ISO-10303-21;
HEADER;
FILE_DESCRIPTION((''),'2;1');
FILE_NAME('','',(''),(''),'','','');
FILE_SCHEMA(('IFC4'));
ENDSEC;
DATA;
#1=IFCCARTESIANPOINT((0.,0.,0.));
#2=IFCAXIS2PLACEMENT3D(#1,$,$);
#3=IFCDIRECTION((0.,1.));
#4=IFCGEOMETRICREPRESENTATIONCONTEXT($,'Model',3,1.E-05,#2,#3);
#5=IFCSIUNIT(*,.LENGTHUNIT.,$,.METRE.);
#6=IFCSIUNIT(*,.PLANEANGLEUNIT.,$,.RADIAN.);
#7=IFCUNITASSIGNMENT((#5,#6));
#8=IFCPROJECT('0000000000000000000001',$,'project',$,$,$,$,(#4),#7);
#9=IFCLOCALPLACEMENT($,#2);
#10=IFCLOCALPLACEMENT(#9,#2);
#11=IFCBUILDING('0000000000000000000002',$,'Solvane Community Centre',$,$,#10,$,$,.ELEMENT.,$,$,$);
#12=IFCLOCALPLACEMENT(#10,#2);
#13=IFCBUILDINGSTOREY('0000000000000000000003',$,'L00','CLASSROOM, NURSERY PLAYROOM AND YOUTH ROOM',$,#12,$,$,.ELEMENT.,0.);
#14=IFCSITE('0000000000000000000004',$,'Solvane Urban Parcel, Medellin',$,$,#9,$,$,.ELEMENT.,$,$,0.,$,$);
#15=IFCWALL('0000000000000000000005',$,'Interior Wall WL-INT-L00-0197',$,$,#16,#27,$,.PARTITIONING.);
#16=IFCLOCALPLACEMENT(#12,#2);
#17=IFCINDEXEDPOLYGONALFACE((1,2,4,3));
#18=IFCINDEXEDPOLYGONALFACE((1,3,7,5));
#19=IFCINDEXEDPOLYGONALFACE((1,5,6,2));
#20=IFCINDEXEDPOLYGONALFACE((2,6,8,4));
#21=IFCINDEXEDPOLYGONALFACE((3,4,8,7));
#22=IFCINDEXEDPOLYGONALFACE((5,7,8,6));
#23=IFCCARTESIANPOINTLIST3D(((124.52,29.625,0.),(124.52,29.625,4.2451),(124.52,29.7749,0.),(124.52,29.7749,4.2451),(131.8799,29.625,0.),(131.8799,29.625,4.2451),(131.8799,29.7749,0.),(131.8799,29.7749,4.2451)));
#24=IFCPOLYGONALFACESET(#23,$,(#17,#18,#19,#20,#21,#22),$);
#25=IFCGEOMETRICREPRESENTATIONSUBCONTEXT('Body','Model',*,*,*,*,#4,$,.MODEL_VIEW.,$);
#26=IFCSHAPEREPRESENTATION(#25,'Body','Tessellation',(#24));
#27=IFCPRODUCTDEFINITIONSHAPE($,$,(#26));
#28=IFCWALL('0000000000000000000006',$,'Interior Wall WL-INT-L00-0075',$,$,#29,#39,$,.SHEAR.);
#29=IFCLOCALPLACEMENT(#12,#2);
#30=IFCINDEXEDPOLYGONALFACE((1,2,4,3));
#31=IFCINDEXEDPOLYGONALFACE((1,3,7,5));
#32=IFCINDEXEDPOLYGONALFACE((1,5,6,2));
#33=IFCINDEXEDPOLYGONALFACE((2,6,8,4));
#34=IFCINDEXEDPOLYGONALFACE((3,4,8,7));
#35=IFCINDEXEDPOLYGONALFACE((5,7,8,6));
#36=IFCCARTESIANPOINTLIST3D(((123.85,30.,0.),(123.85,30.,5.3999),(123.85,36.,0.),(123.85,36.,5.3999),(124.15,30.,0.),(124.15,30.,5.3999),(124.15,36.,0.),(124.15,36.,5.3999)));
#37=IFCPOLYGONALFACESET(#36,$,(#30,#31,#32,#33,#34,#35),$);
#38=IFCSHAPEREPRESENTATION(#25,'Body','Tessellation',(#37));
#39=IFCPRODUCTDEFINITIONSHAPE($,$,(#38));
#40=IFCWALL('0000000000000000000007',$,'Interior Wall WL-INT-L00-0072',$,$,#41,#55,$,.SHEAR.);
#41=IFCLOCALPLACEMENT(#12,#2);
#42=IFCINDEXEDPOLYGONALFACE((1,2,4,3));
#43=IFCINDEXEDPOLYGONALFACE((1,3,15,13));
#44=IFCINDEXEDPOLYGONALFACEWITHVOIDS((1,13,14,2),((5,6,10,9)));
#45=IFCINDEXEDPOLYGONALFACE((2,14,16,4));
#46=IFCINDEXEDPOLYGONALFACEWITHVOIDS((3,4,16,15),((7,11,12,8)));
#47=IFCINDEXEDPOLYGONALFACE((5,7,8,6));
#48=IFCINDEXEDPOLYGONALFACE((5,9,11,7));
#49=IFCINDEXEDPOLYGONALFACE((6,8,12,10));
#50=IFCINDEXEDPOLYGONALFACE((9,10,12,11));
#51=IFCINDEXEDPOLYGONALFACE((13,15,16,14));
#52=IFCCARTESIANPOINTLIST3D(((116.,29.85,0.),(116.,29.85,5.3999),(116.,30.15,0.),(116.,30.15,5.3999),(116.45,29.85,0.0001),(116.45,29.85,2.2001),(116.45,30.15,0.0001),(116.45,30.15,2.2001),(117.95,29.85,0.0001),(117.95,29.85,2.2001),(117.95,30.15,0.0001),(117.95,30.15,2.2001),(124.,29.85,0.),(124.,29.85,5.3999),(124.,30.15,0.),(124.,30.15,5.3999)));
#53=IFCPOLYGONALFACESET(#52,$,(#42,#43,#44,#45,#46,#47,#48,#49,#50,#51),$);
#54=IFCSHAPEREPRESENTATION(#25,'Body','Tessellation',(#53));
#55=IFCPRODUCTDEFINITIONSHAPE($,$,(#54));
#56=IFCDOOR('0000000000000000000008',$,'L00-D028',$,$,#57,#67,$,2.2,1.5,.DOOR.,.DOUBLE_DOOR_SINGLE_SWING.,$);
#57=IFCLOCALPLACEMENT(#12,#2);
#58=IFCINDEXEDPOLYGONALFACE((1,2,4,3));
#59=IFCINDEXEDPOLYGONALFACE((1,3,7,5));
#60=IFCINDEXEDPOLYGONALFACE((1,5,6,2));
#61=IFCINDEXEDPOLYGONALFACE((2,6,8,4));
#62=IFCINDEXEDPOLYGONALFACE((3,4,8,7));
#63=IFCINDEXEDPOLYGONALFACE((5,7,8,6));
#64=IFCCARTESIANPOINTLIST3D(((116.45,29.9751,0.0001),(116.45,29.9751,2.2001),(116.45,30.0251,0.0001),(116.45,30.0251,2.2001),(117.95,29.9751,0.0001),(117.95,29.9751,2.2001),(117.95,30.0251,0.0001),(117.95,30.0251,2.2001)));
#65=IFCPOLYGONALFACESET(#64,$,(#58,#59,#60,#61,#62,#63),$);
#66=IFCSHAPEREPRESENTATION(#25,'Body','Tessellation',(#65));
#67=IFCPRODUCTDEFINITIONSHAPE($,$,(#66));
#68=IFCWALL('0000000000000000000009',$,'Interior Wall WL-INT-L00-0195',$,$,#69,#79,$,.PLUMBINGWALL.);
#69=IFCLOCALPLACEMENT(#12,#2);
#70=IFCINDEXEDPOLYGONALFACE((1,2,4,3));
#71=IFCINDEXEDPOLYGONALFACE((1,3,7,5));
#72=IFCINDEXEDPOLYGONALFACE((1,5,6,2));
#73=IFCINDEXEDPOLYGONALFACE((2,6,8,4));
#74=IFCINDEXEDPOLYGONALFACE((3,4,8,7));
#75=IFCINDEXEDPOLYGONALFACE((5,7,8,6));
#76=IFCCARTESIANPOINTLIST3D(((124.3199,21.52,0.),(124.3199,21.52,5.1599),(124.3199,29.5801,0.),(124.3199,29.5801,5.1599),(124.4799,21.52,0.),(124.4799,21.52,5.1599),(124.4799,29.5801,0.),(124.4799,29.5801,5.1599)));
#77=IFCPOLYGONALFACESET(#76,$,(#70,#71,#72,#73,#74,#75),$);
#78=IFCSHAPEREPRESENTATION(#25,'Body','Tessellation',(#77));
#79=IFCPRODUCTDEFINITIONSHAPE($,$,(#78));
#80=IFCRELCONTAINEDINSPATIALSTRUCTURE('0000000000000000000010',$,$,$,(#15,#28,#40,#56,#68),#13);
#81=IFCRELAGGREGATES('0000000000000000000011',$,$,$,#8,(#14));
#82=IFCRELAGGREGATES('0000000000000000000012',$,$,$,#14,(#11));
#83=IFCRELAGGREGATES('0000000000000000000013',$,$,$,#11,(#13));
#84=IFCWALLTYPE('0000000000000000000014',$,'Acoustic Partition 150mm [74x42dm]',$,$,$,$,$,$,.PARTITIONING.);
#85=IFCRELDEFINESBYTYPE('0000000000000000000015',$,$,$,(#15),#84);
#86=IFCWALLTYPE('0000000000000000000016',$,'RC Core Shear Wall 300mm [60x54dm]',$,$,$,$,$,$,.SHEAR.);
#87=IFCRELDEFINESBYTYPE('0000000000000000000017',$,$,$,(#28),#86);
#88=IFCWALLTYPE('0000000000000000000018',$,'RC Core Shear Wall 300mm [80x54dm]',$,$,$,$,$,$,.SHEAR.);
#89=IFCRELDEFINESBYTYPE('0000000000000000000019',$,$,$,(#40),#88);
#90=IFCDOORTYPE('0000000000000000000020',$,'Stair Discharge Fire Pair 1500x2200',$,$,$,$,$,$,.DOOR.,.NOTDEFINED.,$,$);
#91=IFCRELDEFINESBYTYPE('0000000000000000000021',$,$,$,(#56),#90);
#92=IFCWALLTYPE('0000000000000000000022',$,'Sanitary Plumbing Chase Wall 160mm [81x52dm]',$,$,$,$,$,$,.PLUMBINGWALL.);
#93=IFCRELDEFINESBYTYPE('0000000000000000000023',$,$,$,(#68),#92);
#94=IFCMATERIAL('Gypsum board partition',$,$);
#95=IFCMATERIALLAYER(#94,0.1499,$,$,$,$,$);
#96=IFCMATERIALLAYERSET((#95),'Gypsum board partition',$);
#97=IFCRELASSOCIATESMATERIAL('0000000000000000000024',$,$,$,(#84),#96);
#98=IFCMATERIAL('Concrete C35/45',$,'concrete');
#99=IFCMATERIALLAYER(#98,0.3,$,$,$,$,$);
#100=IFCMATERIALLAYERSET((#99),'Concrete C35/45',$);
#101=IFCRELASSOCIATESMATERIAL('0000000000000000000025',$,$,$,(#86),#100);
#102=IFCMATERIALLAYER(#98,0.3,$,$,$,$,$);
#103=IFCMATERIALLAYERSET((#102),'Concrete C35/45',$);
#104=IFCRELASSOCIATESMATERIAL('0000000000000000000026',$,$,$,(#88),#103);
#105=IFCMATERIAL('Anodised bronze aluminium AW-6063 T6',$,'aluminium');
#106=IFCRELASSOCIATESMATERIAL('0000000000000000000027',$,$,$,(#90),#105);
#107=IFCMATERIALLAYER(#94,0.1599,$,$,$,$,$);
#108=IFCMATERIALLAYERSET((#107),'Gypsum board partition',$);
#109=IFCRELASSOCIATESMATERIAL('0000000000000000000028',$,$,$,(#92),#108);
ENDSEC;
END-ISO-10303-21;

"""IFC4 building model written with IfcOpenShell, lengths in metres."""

from ifc_helpers import new_model, si_unit, direction, frame, frame_2d, origin, place, context, subcontext, project, spatial, rectangle, extrude, material, layer, layer_set, type_object, element, fill, save


model = new_model("IFC4")

# Units and contexts
model_context = context("Model", 3, precision=1e-05, world=origin(), true_north=direction((0.0, 1.0)))
body_context = subcontext(model_context, "Body", "Model", "MODEL_VIEW")
ifc_project = project(units=[si_unit("LENGTHUNIT", "METRE"), si_unit("PLANEANGLEUNIT", "RADIAN")], contexts=[model_context])

# Site, building, storey
site_placement = place(None, origin())
site = spatial("IfcSite", under=ifc_project, at=site_placement, Name="Solvane Urban Parcel, Medellin", CompositionType="ELEMENT", RefElevation=0.0)
building_placement = place(site_placement, origin())
building = spatial("IfcBuilding", under=site, at=building_placement, Name="Solvane Community Centre", CompositionType="ELEMENT")
storey_placement = place(building_placement, origin())
storey = spatial("IfcBuildingStorey", under=building, at=storey_placement, Name="L00", Description="CLASSROOM, NURSERY PLAYROOM AND YOUTH ROOM", CompositionType="ELEMENT", Elevation=0.0)

# Shared definitions
ifc_material_1 = material(Name="Concrete C35/45", Category="concrete")

# Walls
ifc_material_2 = material(Name="Gypsum board partition")
ifc_layer_1 = layer(ifc_material_2, 0.1499)
ifc_layer_set_1 = layer_set([ifc_layer_1], Name="Gypsum board partition")
wall_type_1 = type_object("IfcWallType", Name="Acoustic Partition 150mm [74x42dm]", PredefinedType="PARTITIONING", material=ifc_layer_set_1)
wall_1_placement = place(storey_placement, frame((131.8799, 29.7, 0.0), z_axis=(0.0, 0.0, 1.0), x_axis=(-1.0, 0.0, 0.0)))
element("IfcWall", 1, at=wall_1_placement, inside=storey, type_object=wall_type_1, Name="Interior Wall WL-INT-L00-0197", PredefinedType="PARTITIONING", context=body_context, shape_type="SweptSolid", body=[
    extrude(rectangle(XDim=7.3599, YDim=0.1499, at=frame_2d((3.6799, 0.0))), origin(), (0.0, 0.0, 1.0), 4.2451),
])
ifc_layer_2 = layer(ifc_material_1, 0.3)
ifc_layer_set_2 = layer_set([ifc_layer_2], Name="Concrete C35/45")
wall_type_2 = type_object("IfcWallType", Name="RC Core Shear Wall 300mm [60x54dm]", PredefinedType="SHEAR", material=ifc_layer_set_2)
wall_2_placement = place(storey_placement, frame((124.0, 36.0, 0.0), z_axis=(0.0, 0.0, 1.0), x_axis=(0.0, -1.0, 0.0)))
element("IfcWall", 2, at=wall_2_placement, inside=storey, type_object=wall_type_2, Name="Interior Wall WL-INT-L00-0075", PredefinedType="SHEAR", context=body_context, shape_type="SweptSolid", body=[
    extrude(rectangle(XDim=6.0, YDim=0.3, at=frame_2d((3.0, 0.0))), origin(), (0.0, 0.0, 1.0), 5.3999),
])

# Wall, opening, door
ifc_layer_3 = layer(ifc_material_1, 0.3)
ifc_layer_set_3 = layer_set([ifc_layer_3], Name="Concrete C35/45")
wall_type_3 = type_object("IfcWallType", Name="RC Core Shear Wall 300mm [80x54dm]", PredefinedType="SHEAR", material=ifc_layer_set_3)
wall_3_placement = place(storey_placement, frame((124.0, 30.0, 0.0), z_axis=(0.0, 0.0, 1.0), x_axis=(-1.0, 0.0, 0.0)))
wall_3 = element("IfcWall", 3, at=wall_3_placement, inside=storey, type_object=wall_type_3, Name="Interior Wall WL-INT-L00-0072", PredefinedType="SHEAR", context=body_context, shape_type="SweptSolid", body=[
    extrude(rectangle(XDim=8.0, YDim=0.3, at=frame_2d((4.0, 0.0))), origin(), (0.0, 0.0, 1.0), 5.3999),
])
opening_placement = place(wall_3_placement, frame((6.05, 0.0, 0.0)))
opening = element("IfcOpeningElement", 4, at=opening_placement, cuts=wall_3, PredefinedType="OPENING", context=body_context, shape_type="SweptSolid", body=[
    extrude(rectangle(XDim=1.5, YDim=2.2, at=frame_2d((0.75, 1.1001))), frame((0.0, 0.1599, 0.0), z_axis=(0.0, -1.0, 0.0), x_axis=(1.0, 0.0, 0.0)), (0.0, 0.0, 1.0), 0.3201),
])
ifc_material_3 = material(Name="Anodised bronze aluminium AW-6063 T6", Category="aluminium")
door_type = type_object("IfcDoorType", Name="Stair Discharge Fire Pair 1500x2200", OperationType="NOTDEFINED", PredefinedType="DOOR", material=ifc_material_3)
door_placement = place(opening_placement, origin())
door = element("IfcDoor", 5, at=door_placement, inside=storey, type_object=door_type, Name="L00-D028", OperationType="DOUBLE_DOOR_SINGLE_SWING", OverallHeight=2.2, OverallWidth=1.5, PredefinedType="DOOR", context=body_context, shape_type="SweptSolid", body=[
    extrude(rectangle(XDim=1.5, YDim=2.2, at=frame_2d((0.75, 1.1001))), frame((0.0, 0.0249, 0.0), z_axis=(0.0, -1.0, 0.0), x_axis=(1.0, 0.0, 0.0)), (0.0, 0.0, 1.0), 0.05),
])
fill(opening, door)

# Wall
ifc_layer_4 = layer(ifc_material_2, 0.1599)
ifc_layer_set_4 = layer_set([ifc_layer_4], Name="Gypsum board partition")
wall_type_4 = type_object("IfcWallType", Name="Sanitary Plumbing Chase Wall 160mm [81x52dm]", PredefinedType="PLUMBINGWALL", material=ifc_layer_set_4)
wall_4_placement = place(storey_placement, frame((124.3999, 29.5801, 0.0), z_axis=(0.0, 0.0, 1.0), x_axis=(0.0, -1.0, 0.0)))
element("IfcWall", 6, at=wall_4_placement, inside=storey, type_object=wall_type_4, Name="Interior Wall WL-INT-L00-0195", PredefinedType="PLUMBINGWALL", context=body_context, shape_type="SweptSolid", body=[
    extrude(rectangle(XDim=8.0601, YDim=0.1599, at=frame_2d((4.03, 0.0))), origin(), (0.0, 0.0, 1.0), 5.1599),
])

save(model, "model.ifc")
